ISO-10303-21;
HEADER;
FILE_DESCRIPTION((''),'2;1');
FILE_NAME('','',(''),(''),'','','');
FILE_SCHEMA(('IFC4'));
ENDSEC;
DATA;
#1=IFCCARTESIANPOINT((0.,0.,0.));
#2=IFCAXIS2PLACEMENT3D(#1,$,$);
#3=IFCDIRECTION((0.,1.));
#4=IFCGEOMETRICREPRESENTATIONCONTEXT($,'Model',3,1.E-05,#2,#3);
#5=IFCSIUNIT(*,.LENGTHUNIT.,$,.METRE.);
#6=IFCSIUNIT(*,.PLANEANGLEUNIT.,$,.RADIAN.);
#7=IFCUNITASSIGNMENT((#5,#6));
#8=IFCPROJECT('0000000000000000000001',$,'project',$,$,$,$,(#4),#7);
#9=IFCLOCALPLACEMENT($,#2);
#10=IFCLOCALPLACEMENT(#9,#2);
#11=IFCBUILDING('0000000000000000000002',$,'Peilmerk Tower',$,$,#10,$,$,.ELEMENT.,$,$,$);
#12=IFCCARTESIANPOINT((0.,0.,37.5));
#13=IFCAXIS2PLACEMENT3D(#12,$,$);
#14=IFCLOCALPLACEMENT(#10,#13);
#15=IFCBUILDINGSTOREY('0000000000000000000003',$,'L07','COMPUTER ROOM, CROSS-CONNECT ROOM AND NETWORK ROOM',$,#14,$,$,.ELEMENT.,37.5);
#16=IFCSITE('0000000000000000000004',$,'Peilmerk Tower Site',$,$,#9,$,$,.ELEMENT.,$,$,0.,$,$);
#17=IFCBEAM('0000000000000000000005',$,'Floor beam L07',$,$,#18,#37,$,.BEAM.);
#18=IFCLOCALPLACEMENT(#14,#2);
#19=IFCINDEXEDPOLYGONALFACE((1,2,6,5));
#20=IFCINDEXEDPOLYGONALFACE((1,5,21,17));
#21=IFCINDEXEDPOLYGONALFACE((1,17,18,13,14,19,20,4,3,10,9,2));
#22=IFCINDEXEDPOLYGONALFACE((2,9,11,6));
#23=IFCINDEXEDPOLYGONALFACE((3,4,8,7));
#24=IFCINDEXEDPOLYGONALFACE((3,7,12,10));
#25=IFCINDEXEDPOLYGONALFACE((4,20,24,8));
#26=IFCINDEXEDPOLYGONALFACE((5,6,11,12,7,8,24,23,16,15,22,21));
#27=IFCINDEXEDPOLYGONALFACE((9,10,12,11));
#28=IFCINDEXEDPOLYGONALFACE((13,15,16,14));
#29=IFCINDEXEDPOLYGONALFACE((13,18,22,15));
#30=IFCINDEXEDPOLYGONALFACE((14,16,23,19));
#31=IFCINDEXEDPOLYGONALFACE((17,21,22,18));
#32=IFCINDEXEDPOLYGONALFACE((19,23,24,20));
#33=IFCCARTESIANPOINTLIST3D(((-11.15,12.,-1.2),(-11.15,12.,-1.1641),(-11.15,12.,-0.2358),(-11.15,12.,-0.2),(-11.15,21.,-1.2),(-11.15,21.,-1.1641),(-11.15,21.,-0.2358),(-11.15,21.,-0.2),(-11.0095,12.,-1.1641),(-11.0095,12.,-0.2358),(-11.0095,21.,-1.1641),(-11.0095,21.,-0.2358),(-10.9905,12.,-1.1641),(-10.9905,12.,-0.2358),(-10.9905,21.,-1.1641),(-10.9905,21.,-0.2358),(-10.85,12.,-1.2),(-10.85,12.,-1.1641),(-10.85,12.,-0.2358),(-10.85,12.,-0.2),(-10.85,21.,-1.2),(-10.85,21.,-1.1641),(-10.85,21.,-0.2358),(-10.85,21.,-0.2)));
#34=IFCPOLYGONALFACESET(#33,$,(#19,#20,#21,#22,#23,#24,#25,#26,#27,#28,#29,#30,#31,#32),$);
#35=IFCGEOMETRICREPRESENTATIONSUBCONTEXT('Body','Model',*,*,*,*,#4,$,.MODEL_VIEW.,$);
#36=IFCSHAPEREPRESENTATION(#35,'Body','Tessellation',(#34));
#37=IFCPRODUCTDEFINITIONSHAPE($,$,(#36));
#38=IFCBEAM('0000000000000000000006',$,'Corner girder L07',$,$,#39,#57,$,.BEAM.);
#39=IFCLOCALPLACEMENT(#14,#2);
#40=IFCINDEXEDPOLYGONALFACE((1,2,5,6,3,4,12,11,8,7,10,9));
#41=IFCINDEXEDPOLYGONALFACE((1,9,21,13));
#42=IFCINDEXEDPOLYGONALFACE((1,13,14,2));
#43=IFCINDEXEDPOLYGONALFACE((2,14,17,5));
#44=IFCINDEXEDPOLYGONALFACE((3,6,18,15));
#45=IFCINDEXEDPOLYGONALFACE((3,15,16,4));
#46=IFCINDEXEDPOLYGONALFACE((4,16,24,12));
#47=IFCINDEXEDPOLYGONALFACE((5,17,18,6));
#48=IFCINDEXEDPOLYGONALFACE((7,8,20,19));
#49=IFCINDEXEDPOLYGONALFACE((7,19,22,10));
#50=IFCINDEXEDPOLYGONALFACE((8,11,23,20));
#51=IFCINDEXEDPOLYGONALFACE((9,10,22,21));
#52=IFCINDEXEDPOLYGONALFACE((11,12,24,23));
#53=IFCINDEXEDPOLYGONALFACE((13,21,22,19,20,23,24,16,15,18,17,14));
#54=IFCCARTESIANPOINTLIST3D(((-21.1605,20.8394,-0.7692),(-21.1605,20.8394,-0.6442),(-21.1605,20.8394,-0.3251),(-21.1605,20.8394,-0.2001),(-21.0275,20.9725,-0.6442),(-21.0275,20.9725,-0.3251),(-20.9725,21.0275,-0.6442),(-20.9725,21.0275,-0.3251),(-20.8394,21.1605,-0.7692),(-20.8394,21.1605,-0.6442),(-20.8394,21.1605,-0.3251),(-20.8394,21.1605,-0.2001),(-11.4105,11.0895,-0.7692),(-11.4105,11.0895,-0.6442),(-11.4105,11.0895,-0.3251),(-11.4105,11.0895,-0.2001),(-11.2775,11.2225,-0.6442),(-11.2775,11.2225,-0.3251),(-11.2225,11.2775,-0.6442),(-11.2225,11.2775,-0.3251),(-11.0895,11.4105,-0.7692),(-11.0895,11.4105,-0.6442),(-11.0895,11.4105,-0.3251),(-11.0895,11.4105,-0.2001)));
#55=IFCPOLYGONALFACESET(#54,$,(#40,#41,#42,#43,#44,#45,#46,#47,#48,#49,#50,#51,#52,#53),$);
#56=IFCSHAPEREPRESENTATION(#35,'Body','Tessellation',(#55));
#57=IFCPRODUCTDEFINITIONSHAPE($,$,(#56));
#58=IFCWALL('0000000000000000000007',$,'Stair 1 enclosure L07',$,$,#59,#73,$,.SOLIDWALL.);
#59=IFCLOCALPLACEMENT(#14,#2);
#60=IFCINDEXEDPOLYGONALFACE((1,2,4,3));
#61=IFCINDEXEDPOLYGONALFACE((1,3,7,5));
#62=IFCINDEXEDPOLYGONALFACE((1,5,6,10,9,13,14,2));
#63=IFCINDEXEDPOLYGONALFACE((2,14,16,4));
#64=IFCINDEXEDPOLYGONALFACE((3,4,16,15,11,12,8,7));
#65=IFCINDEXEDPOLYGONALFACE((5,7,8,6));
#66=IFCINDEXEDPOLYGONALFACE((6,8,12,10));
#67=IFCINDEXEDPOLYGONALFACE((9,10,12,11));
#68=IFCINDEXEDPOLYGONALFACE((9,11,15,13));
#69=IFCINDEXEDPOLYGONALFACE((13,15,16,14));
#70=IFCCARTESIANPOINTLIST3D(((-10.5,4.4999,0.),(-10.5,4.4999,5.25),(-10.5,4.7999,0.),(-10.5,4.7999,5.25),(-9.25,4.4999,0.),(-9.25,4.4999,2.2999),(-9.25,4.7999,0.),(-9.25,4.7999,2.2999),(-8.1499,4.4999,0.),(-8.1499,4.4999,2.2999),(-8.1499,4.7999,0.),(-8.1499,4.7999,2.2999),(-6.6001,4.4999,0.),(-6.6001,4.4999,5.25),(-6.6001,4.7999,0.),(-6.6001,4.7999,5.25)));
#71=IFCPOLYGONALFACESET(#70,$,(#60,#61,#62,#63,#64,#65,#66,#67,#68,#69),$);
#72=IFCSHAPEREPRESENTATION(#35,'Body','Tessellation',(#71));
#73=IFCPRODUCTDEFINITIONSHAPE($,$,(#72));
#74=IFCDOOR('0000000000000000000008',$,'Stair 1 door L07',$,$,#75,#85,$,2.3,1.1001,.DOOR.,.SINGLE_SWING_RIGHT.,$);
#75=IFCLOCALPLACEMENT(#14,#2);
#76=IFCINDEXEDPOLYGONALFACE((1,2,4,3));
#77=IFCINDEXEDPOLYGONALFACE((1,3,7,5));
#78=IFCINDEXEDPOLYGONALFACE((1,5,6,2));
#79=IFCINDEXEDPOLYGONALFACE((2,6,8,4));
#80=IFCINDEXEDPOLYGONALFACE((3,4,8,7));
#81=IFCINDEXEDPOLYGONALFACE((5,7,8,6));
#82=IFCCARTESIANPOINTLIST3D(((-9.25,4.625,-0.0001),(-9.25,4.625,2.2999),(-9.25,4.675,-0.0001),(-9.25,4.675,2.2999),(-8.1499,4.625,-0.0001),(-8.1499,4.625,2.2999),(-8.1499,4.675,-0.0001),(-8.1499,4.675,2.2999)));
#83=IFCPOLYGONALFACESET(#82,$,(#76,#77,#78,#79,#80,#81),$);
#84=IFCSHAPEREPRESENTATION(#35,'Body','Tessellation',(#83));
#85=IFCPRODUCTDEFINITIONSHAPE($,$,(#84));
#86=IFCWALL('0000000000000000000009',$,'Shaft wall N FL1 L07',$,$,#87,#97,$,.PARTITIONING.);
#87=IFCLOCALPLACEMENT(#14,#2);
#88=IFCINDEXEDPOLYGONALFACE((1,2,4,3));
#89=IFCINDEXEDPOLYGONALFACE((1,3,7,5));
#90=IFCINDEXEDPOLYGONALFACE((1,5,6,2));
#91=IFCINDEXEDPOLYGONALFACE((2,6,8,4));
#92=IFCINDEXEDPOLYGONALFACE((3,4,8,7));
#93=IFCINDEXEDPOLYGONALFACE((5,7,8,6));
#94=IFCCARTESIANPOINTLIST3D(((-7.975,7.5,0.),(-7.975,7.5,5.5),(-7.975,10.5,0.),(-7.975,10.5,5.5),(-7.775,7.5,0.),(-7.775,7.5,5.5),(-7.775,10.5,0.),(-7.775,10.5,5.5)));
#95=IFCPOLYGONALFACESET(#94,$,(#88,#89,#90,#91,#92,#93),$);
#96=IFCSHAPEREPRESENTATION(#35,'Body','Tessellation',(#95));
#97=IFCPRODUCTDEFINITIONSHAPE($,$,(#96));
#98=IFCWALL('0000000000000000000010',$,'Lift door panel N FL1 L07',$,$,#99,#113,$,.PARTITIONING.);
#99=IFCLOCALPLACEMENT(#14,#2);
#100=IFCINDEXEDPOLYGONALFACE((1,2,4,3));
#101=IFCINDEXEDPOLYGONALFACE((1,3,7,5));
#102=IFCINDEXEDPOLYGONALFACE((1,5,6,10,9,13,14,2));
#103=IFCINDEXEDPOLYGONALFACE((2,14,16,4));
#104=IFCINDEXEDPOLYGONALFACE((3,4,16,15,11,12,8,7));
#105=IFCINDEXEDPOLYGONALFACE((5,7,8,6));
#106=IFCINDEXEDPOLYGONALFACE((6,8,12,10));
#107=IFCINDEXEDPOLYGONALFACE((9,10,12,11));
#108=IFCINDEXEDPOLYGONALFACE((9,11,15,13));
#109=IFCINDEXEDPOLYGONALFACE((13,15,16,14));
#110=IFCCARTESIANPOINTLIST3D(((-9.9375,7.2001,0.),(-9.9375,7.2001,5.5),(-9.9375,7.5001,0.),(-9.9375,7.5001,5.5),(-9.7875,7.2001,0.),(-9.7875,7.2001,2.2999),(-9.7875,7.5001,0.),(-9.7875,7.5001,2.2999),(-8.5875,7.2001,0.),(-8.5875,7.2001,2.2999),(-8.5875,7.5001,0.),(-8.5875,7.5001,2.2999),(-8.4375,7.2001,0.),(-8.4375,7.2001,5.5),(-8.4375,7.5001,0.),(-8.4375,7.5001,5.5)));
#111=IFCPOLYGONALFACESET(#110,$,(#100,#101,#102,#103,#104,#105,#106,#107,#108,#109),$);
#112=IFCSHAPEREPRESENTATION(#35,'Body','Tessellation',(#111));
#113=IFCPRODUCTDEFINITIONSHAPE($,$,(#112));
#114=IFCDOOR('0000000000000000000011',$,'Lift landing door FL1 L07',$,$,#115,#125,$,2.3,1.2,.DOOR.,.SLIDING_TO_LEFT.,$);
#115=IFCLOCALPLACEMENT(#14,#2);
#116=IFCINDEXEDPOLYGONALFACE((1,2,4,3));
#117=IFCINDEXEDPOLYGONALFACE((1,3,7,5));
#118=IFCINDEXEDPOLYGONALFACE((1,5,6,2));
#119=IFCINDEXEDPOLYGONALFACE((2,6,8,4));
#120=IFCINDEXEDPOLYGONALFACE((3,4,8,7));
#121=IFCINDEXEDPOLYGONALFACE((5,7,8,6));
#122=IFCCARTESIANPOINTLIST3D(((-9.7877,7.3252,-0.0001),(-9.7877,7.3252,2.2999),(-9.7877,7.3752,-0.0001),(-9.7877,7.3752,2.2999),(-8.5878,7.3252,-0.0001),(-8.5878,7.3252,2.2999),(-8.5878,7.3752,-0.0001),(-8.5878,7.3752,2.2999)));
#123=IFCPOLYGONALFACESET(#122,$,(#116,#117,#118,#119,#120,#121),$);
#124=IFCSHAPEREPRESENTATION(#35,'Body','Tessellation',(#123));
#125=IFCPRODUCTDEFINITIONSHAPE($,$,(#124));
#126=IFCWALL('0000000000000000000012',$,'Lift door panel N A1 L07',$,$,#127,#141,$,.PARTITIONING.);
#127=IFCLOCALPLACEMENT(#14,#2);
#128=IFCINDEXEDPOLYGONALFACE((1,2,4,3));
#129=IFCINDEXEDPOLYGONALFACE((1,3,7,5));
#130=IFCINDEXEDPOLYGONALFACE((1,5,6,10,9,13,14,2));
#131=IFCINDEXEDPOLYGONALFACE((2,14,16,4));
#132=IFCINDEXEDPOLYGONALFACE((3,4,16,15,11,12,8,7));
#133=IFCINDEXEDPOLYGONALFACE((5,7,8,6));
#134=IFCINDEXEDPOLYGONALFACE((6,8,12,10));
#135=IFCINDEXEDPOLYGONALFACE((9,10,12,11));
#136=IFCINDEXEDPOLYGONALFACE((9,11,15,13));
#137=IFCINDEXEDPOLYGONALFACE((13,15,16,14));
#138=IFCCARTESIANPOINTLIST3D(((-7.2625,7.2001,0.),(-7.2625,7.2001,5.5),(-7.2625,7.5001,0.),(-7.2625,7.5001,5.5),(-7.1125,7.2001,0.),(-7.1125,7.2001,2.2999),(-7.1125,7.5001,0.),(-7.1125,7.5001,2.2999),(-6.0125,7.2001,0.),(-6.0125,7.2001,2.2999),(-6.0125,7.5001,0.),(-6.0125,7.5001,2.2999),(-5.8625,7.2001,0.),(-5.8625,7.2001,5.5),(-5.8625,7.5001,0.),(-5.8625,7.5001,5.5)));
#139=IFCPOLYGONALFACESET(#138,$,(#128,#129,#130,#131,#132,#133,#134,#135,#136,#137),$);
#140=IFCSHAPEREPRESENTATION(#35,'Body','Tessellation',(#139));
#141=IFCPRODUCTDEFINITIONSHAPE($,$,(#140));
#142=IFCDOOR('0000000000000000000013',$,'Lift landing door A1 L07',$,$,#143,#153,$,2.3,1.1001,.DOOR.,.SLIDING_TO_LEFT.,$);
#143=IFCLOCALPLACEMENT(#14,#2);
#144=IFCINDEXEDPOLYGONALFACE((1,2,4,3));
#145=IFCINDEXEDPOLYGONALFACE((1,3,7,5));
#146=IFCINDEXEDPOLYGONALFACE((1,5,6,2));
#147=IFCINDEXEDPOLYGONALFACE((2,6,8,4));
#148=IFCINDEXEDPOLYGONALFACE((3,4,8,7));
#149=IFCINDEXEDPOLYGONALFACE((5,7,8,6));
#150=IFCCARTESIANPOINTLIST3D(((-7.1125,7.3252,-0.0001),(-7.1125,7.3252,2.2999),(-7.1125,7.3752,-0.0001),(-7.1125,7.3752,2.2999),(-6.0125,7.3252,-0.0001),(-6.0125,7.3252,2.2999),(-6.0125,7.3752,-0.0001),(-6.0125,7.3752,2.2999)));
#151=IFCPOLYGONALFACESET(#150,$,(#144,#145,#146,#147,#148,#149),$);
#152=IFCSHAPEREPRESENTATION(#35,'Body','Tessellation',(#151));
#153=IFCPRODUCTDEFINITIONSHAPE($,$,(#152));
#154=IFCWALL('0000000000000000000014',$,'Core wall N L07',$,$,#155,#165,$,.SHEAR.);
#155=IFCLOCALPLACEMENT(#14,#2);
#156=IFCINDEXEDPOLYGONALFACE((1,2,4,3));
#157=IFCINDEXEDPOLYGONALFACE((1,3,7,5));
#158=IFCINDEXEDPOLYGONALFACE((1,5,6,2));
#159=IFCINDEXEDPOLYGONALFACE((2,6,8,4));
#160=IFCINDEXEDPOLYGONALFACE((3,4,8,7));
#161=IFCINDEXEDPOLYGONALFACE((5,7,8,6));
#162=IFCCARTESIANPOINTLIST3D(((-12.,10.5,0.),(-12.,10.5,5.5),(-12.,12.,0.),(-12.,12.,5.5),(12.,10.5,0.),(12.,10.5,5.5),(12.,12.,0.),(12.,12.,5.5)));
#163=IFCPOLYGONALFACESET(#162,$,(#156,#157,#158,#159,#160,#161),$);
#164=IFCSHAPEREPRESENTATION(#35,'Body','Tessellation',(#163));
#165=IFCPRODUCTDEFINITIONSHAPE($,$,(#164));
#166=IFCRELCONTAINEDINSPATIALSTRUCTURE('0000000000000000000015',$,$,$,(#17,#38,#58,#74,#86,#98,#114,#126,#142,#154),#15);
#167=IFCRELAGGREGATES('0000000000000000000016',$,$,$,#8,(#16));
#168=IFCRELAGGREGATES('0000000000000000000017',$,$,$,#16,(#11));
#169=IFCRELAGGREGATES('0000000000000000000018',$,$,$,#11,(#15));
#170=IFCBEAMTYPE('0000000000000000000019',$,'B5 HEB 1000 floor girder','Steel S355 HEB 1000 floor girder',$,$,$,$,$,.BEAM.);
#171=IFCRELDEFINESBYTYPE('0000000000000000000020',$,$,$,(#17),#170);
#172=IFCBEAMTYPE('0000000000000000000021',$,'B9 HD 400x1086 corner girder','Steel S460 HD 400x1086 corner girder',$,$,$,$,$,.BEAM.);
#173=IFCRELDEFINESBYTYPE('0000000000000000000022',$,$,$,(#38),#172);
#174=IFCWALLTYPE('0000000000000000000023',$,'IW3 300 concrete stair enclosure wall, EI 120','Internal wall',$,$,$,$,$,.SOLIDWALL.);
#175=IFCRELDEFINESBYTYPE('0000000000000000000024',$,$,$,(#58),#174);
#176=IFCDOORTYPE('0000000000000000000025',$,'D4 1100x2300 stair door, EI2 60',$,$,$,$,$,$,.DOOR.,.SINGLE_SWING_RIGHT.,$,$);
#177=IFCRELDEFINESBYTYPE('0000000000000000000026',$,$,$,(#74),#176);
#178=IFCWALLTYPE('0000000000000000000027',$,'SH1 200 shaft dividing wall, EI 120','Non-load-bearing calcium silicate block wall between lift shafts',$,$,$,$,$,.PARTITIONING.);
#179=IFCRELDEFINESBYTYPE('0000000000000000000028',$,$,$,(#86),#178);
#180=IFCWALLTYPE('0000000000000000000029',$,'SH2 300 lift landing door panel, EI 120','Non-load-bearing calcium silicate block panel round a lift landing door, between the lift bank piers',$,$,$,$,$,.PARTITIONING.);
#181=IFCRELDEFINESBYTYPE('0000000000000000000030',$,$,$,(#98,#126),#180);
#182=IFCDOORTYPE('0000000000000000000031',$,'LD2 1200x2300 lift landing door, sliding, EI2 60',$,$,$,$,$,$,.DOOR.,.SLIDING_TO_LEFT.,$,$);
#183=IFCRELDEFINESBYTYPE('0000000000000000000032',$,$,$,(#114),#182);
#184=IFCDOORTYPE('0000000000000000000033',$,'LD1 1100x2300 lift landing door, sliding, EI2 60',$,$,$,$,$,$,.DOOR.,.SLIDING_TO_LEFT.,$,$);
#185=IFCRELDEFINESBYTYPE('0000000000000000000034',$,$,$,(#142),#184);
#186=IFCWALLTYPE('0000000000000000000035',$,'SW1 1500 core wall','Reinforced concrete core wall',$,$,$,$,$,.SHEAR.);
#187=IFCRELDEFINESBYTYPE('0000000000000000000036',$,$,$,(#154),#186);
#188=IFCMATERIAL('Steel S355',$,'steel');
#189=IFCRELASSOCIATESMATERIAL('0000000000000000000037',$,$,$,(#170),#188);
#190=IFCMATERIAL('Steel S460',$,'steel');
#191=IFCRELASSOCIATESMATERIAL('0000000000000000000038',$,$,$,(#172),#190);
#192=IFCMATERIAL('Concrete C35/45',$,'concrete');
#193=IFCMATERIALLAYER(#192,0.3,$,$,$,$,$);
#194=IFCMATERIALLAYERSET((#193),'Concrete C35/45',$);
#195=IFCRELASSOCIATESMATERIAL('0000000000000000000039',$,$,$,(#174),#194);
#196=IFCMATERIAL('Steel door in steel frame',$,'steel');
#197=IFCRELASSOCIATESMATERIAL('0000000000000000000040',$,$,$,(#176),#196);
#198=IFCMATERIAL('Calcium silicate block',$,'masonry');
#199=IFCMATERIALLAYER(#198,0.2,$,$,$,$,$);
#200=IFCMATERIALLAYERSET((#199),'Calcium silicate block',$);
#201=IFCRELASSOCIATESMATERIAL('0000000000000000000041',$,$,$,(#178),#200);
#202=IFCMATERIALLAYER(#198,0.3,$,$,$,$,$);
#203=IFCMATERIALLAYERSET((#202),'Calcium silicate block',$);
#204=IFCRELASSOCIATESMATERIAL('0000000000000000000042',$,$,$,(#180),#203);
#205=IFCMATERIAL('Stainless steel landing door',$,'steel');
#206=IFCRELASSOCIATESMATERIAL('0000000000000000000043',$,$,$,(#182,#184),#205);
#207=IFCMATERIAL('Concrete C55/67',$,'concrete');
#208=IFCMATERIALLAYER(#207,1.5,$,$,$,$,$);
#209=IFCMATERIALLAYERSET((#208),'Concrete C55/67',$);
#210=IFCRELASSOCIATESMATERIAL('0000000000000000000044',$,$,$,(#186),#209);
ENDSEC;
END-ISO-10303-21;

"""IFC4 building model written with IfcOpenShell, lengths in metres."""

from ifc_helpers import new_model, si_unit, direction, frame, frame_2d, origin, origin_2d, place, context, subcontext, project, spatial, rectangle, i_section, extrude, material, layer, layer_set, material_profile, profile_set, type_object, element, fill, save


model = new_model("IFC4")

# Units and contexts
model_context = context("Model", 3, precision=1e-05, world=origin(), true_north=direction((0.0, 1.0)))
body_context = subcontext(model_context, "Body", "Model", "MODEL_VIEW")
ifc_project = project(units=[si_unit("LENGTHUNIT", "METRE"), si_unit("PLANEANGLEUNIT", "RADIAN")], contexts=[model_context])

# Site, building, storey
site_placement = place(None, origin())
site = spatial("IfcSite", under=ifc_project, at=site_placement, Name="Peilmerk Tower Site", CompositionType="ELEMENT", RefElevation=0.0)
building_placement = place(site_placement, origin())
building = spatial("IfcBuilding", under=site, at=building_placement, Name="Peilmerk Tower", CompositionType="ELEMENT")
storey_placement = place(building_placement, frame((0.0, 0.0, 37.5)))
storey = spatial("IfcBuildingStorey", under=building, at=storey_placement, Name="L07", Description="COMPUTER ROOM, CROSS-CONNECT ROOM AND NETWORK ROOM", CompositionType="ELEMENT", Elevation=37.5)

# Beams
ifc_material_1 = material(Name="Steel S355", Category="steel")
ifc_material_profile_1 = material_profile(ifc_material_1, i_section(OverallWidth=0.3, OverallDepth=1.0, WebThickness=0.019, FlangeThickness=0.0359, at=origin_2d()), Name="HEB 1000")
ifc_profile_set_1 = profile_set([ifc_material_profile_1], Name="Steel S355")
beam_type_1 = type_object("IfcBeamType", Name="B5 HEB 1000 floor girder", Description="Steel S355 HEB 1000 floor girder", PredefinedType="BEAM", material=ifc_profile_set_1)
beam_1_placement = place(storey_placement, frame((-11.0, 12.0, -0.7), z_axis=(0.0, 1.0, 0.0), x_axis=(-1.0, 0.0, 0.0)))
element("IfcBeam", 1, at=beam_1_placement, inside=storey, type_object=beam_type_1, Name="Floor beam L07", PredefinedType="BEAM", context=body_context, shape_type="SweptSolid", body=[
    extrude(i_section(OverallWidth=0.3, OverallDepth=1.0, WebThickness=0.019, FlangeThickness=0.0359, at=origin_2d()), origin(), (0.0, 0.0, 1.0), 9.0),
])
ifc_material_2 = material(Name="Steel S460", Category="steel")
ifc_material_profile_2 = material_profile(ifc_material_2, i_section(OverallWidth=0.4541, OverallDepth=0.5691, WebThickness=0.0779, FlangeThickness=0.125, at=origin_2d()), Name="HD 400x1086")
ifc_profile_set_2 = profile_set([ifc_material_profile_2], Name="Steel S460")
beam_type_2 = type_object("IfcBeamType", Name="B9 HD 400x1086 corner girder", Description="Steel S460 HD 400x1086 corner girder", PredefinedType="BEAM", material=ifc_profile_set_2)
beam_2_placement = place(storey_placement, frame((-11.25, 11.25, -0.4846), z_axis=(-0.707107, 0.707107, 0.0), x_axis=(-0.707107, -0.707107, 0.0)))
element("IfcBeam", 2, at=beam_2_placement, inside=storey, type_object=beam_type_2, Name="Corner girder L07", PredefinedType="BEAM", context=body_context, shape_type="SweptSolid", body=[
    extrude(i_section(OverallWidth=0.4541, OverallDepth=0.5691, WebThickness=0.0779, FlangeThickness=0.125, at=origin_2d()), origin(), (0.0, 0.0, 1.0), 13.7886),
])

# Wall, opening, door
ifc_material_3 = material(Name="Concrete C35/45", Category="concrete")
ifc_layer_1 = layer(ifc_material_3, 0.3)
ifc_layer_set_1 = layer_set([ifc_layer_1], Name="Concrete C35/45")
wall_type_1 = type_object("IfcWallType", Name="IW3 300 concrete stair enclosure wall, EI 120", Description="Internal wall", PredefinedType="SOLIDWALL", material=ifc_layer_set_1)
wall_1_placement = place(storey_placement, frame((-10.5, 4.6499, 0.0), z_axis=(0.0, 0.0, 1.0), x_axis=(1.0, 0.0, 0.0)))
wall_1 = element("IfcWall", 3, at=wall_1_placement, inside=storey, type_object=wall_type_1, Name="Stair 1 enclosure L07", PredefinedType="SOLIDWALL", context=body_context, shape_type="SweptSolid", body=[
    extrude(rectangle(XDim=3.8999, YDim=0.3, at=frame_2d((1.95, 0.0))), origin(), (0.0, 0.0, 1.0), 5.25),
])
opening_1_placement = place(wall_1_placement, frame((1.25, 0.0, 0.0)))
opening_1 = element("IfcOpeningElement", 4, at=opening_1_placement, cuts=wall_1, PredefinedType="OPENING", context=body_context, shape_type="SweptSolid", body=[
    extrude(rectangle(XDim=1.1001, YDim=2.3, at=frame_2d((0.55, 1.1499))), frame((0.0, 0.1599, 0.0), z_axis=(0.0, -1.0, 0.0), x_axis=(1.0, 0.0, 0.0)), (0.0, 0.0, 1.0), 0.3201),
])
ifc_material_4 = material(Name="Steel door in steel frame", Category="steel")
door_type_1 = type_object("IfcDoorType", Name="D4 1100x2300 stair door, EI2 60", OperationType="SINGLE_SWING_RIGHT", PredefinedType="DOOR", material=ifc_material_4)
door_1_placement = place(opening_1_placement, frame((1.1001, 0.0, 0.0), z_axis=(0.0, 0.0, 1.0), x_axis=(-1.0, 0.0, 0.0)))
door_1 = element("IfcDoor", 5, at=door_1_placement, inside=storey, type_object=door_type_1, Name="Stair 1 door L07", OperationType="SINGLE_SWING_RIGHT", OverallHeight=2.3, OverallWidth=1.1001, PredefinedType="DOOR", context=body_context, shape_type="SweptSolid", body=[
    extrude(rectangle(XDim=1.1001, YDim=2.3, at=frame_2d((0.55, 1.1499))), frame((0.0, 0.0249, 0.0), z_axis=(0.0, -1.0, 0.0), x_axis=(1.0, 0.0, 0.0)), (0.0, 0.0, 1.0), 0.05),
])
fill(opening_1, door_1)

# Wall
ifc_material_5 = material(Name="Calcium silicate block", Category="masonry")
ifc_layer_2 = layer(ifc_material_5, 0.2)
ifc_layer_set_2 = layer_set([ifc_layer_2], Name="Calcium silicate block")
wall_type_2 = type_object("IfcWallType", Name="SH1 200 shaft dividing wall, EI 120", Description="Non-load-bearing calcium silicate block wall between lift shafts", PredefinedType="PARTITIONING", material=ifc_layer_set_2)
wall_2_placement = place(storey_placement, frame((-7.875, 7.5, 0.0), z_axis=(0.0, 0.0, 1.0), x_axis=(0.0, 1.0, 0.0)))
element("IfcWall", 6, at=wall_2_placement, inside=storey, type_object=wall_type_2, Name="Shaft wall N FL1 L07", PredefinedType="PARTITIONING", context=body_context, shape_type="SweptSolid", body=[
    extrude(rectangle(XDim=3.0, YDim=0.2, at=frame_2d((1.5, 0.0))), origin(), (0.0, 0.0, 1.0), 5.5),
])

# Walls, openings, doors
ifc_layer_3 = layer(ifc_material_5, 0.3)
ifc_layer_set_3 = layer_set([ifc_layer_3], Name="Calcium silicate block")
wall_type_3 = type_object("IfcWallType", Name="SH2 300 lift landing door panel, EI 120", Description="Non-load-bearing calcium silicate block panel round a lift landing door, between the lift bank piers", PredefinedType="PARTITIONING", material=ifc_layer_set_3)
wall_3_placement = place(storey_placement, frame((-9.9375, 7.3501, 0.0), z_axis=(0.0, 0.0, 1.0), x_axis=(1.0, 0.0, 0.0)))
wall_3 = element("IfcWall", 7, at=wall_3_placement, inside=storey, type_object=wall_type_3, Name="Lift door panel N FL1 L07", PredefinedType="PARTITIONING", context=body_context, shape_type="SweptSolid", body=[
    extrude(rectangle(XDim=1.5, YDim=0.3, at=frame_2d((0.75, 0.0))), origin(), (0.0, 0.0, 1.0), 5.5),
])
opening_2_placement = place(wall_3_placement, frame((0.1499, 0.0, 0.0)))
opening_2 = element("IfcOpeningElement", 8, at=opening_2_placement, cuts=wall_3, PredefinedType="OPENING", context=body_context, shape_type="SweptSolid", body=[
    extrude(rectangle(XDim=1.2, YDim=2.3, at=frame_2d((0.6001, 1.1499))), frame((0.0, 0.1599, 0.0), z_axis=(0.0, -1.0, 0.0), x_axis=(1.0, 0.0, 0.0)), (0.0, 0.0, 1.0), 0.3201),
])
ifc_material_6 = material(Name="Stainless steel landing door", Category="steel")
door_type_2 = type_object("IfcDoorType", Name="LD2 1200x2300 lift landing door, sliding, EI2 60", OperationType="SLIDING_TO_LEFT", PredefinedType="DOOR", material=ifc_material_6)
door_2_placement = place(opening_2_placement, frame((1.2, 0.0, 0.0), z_axis=(0.0, 0.0, 1.0), x_axis=(-1.0, 0.0, 0.0)))
door_2 = element("IfcDoor", 9, at=door_2_placement, inside=storey, type_object=door_type_2, Name="Lift landing door FL1 L07", OperationType="SLIDING_TO_LEFT", OverallHeight=2.3, OverallWidth=1.2, PredefinedType="DOOR", context=body_context, shape_type="SweptSolid", body=[
    extrude(rectangle(XDim=1.2, YDim=2.3, at=frame_2d((0.6001, 1.1499))), frame((0.0, 0.0249, 0.0), z_axis=(0.0, -1.0, 0.0), x_axis=(1.0, 0.0, 0.0)), (0.0, 0.0, 1.0), 0.05),
])
fill(opening_2, door_2)
wall_4_placement = place(storey_placement, frame((-7.2625, 7.3501, 0.0), z_axis=(0.0, 0.0, 1.0), x_axis=(1.0, 0.0, 0.0)))
wall_4 = element("IfcWall", 10, at=wall_4_placement, inside=storey, type_object=wall_type_3, Name="Lift door panel N A1 L07", PredefinedType="PARTITIONING", context=body_context, shape_type="SweptSolid", body=[
    extrude(rectangle(XDim=1.3999, YDim=0.3, at=frame_2d((0.7, 0.0))), origin(), (0.0, 0.0, 1.0), 5.5),
])
opening_3_placement = place(wall_4_placement, frame((0.1499, 0.0, 0.0)))
opening_3 = element("IfcOpeningElement", 11, at=opening_3_placement, cuts=wall_4, PredefinedType="OPENING", context=body_context, shape_type="SweptSolid", body=[
    extrude(rectangle(XDim=1.1001, YDim=2.3, at=frame_2d((0.55, 1.1499))), frame((0.0, 0.1599, 0.0), z_axis=(0.0, -1.0, 0.0), x_axis=(1.0, 0.0, 0.0)), (0.0, 0.0, 1.0), 0.3201),
])
door_type_3 = type_object("IfcDoorType", Name="LD1 1100x2300 lift landing door, sliding, EI2 60", OperationType="SLIDING_TO_LEFT", PredefinedType="DOOR", material=ifc_material_6)
door_3_placement = place(opening_3_placement, frame((1.1001, 0.0, 0.0), z_axis=(0.0, 0.0, 1.0), x_axis=(-1.0, 0.0, 0.0)))
door_3 = element("IfcDoor", 12, at=door_3_placement, inside=storey, type_object=door_type_3, Name="Lift landing door A1 L07", OperationType="SLIDING_TO_LEFT", OverallHeight=2.3, OverallWidth=1.1001, PredefinedType="DOOR", context=body_context, shape_type="SweptSolid", body=[
    extrude(rectangle(XDim=1.1001, YDim=2.3, at=frame_2d((0.55, 1.1499))), frame((0.0, 0.0249, 0.0), z_axis=(0.0, -1.0, 0.0), x_axis=(1.0, 0.0, 0.0)), (0.0, 0.0, 1.0), 0.05),
])
fill(opening_3, door_3)

# Wall
ifc_material_7 = material(Name="Concrete C55/67", Category="concrete")
ifc_layer_4 = layer(ifc_material_7, 1.5)
ifc_layer_set_4 = layer_set([ifc_layer_4], Name="Concrete C55/67")
wall_type_4 = type_object("IfcWallType", Name="SW1 1500 core wall", Description="Reinforced concrete core wall", PredefinedType="SHEAR", material=ifc_layer_set_4)
wall_5_placement = place(storey_placement, frame((-12.0, 11.25, 0.0), z_axis=(0.0, 0.0, 1.0), x_axis=(1.0, 0.0, 0.0)))
element("IfcWall", 13, at=wall_5_placement, inside=storey, type_object=wall_type_4, Name="Core wall N L07", PredefinedType="SHEAR", context=body_context, shape_type="SweptSolid", body=[
    extrude(rectangle(XDim=24.0, YDim=1.5, at=frame_2d((12.0, 0.0))), origin(), (0.0, 0.0, 1.0), 5.5),
])

save(model, "model.ifc")
